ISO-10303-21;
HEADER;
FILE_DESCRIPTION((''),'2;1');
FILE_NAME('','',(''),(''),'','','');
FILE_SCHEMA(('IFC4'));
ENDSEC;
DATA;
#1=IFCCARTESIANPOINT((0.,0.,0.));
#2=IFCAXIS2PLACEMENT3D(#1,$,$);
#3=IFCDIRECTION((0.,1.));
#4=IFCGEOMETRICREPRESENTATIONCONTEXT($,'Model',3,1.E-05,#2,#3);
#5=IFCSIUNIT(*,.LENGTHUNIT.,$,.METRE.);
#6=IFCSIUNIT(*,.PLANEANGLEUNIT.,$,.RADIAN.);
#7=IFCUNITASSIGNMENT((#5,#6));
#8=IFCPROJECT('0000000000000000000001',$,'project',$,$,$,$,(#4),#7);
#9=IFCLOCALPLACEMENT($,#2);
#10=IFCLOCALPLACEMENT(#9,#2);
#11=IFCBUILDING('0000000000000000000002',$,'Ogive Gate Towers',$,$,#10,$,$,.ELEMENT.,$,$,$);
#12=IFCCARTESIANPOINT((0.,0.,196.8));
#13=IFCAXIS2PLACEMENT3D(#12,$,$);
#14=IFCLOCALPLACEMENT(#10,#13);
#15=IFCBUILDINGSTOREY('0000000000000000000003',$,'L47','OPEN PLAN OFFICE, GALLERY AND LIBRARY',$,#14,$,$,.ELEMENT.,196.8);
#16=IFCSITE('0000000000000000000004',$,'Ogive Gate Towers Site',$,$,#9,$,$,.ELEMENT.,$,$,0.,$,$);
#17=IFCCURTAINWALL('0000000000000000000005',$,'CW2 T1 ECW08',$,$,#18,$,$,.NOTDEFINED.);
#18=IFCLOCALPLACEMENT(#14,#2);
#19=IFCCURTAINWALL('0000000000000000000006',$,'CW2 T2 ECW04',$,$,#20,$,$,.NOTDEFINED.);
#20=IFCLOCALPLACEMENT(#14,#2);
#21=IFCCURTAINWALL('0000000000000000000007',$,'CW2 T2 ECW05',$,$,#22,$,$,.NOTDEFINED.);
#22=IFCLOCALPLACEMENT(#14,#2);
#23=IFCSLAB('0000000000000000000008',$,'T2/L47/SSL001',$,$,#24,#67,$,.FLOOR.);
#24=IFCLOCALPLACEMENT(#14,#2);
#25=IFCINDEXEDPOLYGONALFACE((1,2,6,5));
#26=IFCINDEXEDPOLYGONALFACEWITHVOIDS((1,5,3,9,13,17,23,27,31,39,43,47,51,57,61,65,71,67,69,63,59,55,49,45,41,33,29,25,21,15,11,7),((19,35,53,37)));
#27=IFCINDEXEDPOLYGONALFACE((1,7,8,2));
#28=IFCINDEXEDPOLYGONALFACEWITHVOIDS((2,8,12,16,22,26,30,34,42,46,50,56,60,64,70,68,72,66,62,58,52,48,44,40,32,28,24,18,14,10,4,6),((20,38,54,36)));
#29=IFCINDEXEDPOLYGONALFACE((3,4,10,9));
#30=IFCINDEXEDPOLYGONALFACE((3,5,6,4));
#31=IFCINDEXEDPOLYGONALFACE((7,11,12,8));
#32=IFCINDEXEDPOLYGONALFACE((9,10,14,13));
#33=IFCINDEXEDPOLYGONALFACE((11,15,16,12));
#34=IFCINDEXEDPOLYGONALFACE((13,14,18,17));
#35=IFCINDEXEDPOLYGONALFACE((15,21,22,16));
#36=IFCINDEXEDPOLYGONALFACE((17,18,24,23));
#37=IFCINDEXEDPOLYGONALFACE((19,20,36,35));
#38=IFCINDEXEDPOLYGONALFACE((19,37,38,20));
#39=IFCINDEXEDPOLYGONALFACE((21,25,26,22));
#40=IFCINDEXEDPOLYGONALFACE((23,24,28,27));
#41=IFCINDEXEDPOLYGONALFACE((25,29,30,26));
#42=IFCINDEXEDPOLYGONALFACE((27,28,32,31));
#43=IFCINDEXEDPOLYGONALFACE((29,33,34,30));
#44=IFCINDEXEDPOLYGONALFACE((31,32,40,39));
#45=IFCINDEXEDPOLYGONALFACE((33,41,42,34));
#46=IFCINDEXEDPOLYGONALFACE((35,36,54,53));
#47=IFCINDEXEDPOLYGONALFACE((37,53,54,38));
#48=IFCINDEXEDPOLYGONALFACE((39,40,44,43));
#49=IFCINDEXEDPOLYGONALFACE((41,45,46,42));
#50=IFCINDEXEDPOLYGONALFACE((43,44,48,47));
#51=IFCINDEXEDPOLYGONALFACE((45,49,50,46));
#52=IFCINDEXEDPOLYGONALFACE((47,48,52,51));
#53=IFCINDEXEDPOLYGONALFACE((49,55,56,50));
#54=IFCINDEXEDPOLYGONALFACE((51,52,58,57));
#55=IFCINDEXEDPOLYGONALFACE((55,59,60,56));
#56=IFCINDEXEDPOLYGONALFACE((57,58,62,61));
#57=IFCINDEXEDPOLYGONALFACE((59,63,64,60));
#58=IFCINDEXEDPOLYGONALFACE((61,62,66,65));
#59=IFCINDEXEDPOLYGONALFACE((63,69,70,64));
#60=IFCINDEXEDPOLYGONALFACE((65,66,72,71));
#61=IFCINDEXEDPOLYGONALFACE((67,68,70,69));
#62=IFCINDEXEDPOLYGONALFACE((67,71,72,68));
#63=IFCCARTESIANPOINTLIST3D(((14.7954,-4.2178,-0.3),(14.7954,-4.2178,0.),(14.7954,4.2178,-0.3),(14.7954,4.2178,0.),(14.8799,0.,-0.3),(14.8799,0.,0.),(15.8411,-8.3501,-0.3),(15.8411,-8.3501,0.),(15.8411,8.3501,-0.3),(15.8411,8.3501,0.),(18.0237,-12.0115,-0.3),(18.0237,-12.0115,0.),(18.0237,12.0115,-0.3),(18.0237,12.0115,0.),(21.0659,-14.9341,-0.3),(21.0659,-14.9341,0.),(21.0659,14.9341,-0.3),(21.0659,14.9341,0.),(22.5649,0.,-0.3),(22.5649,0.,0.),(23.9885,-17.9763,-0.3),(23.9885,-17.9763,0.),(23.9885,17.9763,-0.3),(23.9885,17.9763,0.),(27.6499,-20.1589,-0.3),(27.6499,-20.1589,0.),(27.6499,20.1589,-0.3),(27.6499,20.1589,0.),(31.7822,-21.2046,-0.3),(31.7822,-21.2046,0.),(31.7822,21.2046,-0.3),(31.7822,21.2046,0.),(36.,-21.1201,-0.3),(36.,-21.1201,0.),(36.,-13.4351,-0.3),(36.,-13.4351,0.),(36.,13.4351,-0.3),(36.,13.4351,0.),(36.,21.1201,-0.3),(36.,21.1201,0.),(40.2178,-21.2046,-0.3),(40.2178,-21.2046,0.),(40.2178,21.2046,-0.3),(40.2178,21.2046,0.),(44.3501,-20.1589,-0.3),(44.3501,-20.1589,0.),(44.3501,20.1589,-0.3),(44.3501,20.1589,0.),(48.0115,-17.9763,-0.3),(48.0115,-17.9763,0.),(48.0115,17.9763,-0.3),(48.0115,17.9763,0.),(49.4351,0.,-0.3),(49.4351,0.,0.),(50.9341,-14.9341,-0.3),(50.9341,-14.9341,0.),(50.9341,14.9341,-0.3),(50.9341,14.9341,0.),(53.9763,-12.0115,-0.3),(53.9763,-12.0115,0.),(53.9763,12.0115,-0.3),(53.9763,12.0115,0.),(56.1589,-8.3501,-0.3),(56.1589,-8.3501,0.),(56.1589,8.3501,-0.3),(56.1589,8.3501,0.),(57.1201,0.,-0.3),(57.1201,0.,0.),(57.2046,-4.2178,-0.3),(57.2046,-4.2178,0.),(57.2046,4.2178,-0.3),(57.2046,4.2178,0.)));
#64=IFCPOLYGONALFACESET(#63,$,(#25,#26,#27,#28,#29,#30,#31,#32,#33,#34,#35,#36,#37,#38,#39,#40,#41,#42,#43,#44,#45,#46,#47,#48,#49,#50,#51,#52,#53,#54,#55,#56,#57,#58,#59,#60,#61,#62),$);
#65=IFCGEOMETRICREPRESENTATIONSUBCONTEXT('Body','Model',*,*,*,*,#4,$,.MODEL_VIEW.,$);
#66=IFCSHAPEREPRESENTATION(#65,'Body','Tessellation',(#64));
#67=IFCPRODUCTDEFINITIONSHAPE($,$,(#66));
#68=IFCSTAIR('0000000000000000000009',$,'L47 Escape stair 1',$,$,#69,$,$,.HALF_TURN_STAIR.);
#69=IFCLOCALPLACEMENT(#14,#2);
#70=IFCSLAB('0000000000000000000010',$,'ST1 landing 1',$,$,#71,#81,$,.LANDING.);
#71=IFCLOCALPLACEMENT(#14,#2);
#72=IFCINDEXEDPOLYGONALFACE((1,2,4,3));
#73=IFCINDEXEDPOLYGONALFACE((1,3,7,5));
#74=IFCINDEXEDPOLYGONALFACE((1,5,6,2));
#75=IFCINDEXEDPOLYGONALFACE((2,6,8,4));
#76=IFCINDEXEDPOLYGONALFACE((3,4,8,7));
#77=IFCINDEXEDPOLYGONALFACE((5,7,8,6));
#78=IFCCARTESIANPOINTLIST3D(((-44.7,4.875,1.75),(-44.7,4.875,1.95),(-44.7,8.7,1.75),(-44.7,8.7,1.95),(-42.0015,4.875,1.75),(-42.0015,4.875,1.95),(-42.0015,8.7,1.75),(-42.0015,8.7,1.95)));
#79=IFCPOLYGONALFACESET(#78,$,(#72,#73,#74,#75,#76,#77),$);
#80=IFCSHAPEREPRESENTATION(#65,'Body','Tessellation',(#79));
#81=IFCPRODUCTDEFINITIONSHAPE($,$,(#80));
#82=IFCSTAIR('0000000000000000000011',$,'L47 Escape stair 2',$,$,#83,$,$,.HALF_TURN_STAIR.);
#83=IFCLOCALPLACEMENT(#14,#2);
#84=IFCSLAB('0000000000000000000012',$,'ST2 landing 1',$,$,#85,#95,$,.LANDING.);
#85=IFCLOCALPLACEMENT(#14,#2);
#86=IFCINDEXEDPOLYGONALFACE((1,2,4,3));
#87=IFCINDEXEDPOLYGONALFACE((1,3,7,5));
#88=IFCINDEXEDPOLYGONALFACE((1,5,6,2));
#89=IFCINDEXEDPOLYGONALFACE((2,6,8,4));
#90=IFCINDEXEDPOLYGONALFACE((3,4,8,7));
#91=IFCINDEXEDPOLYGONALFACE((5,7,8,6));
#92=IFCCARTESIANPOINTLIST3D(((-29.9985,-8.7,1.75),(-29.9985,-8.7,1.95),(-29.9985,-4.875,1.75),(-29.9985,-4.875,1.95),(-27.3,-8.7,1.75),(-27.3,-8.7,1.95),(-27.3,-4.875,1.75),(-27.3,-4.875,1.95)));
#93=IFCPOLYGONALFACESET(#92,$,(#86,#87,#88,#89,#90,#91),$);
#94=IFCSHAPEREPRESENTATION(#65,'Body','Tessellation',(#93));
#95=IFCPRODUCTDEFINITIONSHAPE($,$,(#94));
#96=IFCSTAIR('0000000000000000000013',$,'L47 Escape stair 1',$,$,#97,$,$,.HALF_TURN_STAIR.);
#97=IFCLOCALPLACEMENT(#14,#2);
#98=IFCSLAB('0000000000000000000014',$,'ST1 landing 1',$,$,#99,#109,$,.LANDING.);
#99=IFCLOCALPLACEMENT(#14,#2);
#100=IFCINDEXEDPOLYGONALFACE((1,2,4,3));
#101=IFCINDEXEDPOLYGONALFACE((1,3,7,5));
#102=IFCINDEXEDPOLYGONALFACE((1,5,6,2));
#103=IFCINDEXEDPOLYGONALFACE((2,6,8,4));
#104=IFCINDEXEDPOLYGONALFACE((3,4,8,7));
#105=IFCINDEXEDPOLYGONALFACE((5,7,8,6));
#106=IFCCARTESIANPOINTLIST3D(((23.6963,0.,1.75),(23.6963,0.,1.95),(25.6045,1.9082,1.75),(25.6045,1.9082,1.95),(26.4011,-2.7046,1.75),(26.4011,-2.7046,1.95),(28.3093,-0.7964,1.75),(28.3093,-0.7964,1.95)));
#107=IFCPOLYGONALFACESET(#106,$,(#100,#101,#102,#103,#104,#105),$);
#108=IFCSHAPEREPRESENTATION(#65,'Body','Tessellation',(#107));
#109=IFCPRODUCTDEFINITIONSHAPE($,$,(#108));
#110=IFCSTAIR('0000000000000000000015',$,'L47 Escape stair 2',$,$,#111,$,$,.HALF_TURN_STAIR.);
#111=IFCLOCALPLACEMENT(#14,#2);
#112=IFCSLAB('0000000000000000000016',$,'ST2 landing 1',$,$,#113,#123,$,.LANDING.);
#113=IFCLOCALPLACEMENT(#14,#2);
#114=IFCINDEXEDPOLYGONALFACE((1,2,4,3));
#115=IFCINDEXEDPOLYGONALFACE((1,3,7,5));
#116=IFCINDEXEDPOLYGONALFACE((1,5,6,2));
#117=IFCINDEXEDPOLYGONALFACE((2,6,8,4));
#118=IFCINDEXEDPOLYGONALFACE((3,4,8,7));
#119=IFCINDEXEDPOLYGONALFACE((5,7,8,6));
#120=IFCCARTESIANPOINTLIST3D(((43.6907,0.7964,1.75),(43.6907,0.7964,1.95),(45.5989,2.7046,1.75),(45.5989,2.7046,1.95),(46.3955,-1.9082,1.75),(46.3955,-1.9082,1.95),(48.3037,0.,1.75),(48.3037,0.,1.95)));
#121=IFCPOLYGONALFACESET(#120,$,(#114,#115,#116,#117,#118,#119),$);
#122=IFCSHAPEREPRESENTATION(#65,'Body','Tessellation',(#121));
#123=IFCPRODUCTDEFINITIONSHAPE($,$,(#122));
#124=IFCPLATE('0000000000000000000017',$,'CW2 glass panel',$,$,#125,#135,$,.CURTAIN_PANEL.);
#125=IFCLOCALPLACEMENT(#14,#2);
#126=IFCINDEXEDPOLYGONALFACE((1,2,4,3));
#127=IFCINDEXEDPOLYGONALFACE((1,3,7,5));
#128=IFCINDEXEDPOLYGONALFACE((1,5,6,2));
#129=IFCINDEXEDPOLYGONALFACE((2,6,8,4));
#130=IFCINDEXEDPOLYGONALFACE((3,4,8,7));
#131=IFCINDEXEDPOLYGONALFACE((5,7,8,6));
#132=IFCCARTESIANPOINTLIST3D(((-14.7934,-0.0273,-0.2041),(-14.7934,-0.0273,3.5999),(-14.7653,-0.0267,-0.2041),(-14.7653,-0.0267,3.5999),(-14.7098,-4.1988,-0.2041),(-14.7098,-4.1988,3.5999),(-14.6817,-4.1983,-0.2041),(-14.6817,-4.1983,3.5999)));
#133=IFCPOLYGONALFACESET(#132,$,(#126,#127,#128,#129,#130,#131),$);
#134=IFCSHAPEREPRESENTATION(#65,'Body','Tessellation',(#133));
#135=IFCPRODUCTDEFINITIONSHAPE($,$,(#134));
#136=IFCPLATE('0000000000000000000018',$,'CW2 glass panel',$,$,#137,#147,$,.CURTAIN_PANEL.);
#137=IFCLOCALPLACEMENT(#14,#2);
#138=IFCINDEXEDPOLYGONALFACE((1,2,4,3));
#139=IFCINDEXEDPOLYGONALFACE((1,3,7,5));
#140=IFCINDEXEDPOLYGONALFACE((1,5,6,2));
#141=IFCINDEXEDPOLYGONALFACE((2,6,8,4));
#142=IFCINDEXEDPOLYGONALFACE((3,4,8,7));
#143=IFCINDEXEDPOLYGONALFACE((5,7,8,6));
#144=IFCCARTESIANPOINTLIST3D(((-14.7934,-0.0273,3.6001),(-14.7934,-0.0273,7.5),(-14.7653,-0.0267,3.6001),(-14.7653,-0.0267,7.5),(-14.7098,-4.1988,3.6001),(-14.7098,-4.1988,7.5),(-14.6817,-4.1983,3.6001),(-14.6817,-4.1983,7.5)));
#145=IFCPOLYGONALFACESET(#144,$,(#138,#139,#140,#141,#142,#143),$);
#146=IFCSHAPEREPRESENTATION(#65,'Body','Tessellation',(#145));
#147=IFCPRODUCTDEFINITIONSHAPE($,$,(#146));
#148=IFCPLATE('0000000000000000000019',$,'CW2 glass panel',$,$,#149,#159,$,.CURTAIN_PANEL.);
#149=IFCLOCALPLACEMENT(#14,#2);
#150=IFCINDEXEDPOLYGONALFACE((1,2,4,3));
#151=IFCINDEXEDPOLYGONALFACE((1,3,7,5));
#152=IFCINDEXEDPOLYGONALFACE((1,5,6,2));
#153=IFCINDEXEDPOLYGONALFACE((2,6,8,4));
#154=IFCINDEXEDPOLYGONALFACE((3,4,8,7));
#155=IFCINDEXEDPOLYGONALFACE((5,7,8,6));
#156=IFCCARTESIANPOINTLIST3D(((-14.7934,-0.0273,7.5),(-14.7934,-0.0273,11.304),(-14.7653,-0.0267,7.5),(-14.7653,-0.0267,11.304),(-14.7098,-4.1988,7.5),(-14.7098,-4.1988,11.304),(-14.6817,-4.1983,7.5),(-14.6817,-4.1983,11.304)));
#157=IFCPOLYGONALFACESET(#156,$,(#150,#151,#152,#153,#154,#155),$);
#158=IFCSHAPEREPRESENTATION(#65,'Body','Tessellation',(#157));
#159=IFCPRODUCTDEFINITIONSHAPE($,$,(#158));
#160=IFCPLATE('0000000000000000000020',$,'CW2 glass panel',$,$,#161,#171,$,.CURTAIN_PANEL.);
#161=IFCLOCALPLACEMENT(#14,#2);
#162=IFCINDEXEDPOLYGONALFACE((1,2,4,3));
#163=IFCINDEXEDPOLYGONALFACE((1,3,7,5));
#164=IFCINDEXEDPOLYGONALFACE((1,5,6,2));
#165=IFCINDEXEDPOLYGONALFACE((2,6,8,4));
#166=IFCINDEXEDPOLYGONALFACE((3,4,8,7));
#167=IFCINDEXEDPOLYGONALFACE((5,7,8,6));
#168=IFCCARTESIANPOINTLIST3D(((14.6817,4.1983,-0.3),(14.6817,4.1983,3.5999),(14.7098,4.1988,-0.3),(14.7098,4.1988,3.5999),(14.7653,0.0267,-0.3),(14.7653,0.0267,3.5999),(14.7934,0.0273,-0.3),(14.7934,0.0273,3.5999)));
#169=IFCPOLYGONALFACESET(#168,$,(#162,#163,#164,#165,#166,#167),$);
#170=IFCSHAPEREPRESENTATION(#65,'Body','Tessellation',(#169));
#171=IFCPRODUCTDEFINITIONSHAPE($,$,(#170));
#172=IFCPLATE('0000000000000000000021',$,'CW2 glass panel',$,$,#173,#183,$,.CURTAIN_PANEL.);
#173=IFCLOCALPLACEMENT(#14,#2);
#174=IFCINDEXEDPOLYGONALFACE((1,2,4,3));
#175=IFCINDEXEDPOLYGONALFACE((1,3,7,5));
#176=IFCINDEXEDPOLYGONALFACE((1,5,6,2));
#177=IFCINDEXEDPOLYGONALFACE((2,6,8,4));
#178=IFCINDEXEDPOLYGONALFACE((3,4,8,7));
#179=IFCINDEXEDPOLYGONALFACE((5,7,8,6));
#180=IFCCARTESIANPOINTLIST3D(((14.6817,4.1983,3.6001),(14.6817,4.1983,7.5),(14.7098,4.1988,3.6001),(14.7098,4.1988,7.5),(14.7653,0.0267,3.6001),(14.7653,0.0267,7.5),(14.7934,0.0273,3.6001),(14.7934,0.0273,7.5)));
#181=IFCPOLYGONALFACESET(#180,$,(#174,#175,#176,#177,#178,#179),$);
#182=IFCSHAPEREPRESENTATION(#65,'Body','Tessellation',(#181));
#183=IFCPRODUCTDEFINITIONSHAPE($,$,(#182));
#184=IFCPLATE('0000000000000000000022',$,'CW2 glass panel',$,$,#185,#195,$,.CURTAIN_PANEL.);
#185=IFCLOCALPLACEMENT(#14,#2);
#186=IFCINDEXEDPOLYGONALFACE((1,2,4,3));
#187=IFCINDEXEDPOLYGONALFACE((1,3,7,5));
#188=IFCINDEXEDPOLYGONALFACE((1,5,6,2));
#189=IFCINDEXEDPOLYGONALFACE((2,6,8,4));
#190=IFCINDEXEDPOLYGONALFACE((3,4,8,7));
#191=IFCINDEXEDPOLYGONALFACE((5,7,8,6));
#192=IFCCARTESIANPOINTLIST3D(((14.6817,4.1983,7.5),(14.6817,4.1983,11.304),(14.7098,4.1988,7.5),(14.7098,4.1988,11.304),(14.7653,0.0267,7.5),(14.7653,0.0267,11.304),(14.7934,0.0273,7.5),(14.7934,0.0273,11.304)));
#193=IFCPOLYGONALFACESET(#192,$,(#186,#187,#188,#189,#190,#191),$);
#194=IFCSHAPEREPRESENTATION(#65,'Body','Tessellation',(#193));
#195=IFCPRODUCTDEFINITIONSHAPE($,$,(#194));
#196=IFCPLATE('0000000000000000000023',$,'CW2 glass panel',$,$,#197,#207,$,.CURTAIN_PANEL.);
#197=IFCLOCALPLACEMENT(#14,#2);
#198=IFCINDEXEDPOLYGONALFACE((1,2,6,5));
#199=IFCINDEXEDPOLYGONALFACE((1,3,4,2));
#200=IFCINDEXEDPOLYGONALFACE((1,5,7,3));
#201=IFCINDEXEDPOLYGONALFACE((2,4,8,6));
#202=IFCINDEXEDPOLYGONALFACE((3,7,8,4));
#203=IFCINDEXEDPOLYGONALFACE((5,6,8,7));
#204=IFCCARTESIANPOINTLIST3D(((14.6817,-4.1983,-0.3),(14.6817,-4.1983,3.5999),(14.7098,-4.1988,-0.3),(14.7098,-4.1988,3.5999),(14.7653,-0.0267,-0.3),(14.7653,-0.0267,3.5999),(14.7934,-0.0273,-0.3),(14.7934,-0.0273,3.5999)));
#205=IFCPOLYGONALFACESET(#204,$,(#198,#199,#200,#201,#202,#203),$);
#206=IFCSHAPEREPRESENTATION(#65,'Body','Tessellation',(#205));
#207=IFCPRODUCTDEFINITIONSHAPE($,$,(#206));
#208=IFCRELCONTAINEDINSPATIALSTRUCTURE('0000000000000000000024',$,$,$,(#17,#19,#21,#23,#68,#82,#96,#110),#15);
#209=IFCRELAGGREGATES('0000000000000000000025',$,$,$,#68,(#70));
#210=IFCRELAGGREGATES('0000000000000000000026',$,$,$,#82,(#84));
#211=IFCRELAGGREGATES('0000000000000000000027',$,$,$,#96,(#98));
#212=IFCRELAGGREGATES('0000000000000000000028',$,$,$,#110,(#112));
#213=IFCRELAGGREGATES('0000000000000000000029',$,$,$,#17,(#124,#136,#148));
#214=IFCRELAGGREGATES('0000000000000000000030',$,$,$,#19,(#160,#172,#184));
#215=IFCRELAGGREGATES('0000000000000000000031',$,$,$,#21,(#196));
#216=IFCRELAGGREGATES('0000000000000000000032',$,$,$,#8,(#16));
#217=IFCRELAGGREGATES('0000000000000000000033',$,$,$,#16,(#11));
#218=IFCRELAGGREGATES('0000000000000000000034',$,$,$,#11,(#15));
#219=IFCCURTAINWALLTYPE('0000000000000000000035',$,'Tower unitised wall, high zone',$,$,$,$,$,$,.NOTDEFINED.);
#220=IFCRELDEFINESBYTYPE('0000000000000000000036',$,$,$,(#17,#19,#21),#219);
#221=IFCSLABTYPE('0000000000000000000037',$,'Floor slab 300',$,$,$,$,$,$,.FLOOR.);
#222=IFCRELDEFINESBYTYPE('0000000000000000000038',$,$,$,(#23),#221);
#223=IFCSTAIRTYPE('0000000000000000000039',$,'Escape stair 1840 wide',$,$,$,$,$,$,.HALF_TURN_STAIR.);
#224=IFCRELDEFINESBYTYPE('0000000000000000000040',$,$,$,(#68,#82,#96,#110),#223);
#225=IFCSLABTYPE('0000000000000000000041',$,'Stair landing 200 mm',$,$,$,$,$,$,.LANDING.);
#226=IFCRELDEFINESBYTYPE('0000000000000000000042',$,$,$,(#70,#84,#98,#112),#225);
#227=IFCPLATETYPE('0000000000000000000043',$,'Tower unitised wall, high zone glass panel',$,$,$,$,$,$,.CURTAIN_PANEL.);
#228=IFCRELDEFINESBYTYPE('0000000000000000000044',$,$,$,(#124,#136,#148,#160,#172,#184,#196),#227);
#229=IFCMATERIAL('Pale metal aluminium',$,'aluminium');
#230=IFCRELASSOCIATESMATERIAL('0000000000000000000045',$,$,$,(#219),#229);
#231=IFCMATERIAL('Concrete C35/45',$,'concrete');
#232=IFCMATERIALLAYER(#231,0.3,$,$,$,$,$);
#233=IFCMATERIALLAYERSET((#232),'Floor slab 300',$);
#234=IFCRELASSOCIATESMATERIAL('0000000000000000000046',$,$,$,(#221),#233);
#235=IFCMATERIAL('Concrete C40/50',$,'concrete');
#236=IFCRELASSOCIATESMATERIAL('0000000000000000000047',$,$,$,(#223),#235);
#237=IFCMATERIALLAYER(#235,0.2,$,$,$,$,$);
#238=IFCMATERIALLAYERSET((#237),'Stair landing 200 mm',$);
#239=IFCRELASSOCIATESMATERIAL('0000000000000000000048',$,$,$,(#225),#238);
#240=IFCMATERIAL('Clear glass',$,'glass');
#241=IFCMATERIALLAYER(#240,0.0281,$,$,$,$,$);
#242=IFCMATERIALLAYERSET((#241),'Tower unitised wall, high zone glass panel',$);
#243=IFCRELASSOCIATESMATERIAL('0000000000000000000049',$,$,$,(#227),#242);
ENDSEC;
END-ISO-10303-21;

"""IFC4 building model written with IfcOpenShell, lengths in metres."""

from ifc_helpers import new_model, si_unit, direction, frame, origin, origin_2d, place, context, subcontext, project, spatial, polyline, rectangle, outline, extrude, material, layer, layer_set, type_object, element, aggregate, save


model = new_model("IFC4")

# Units and contexts
model_context = context("Model", 3, precision=1e-05, world=origin(), true_north=direction((0.0, 1.0)))
body_context = subcontext(model_context, "Body", "Model", "MODEL_VIEW")
ifc_project = project(units=[si_unit("LENGTHUNIT", "METRE"), si_unit("PLANEANGLEUNIT", "RADIAN")], contexts=[model_context])

# Site, building, storey
site_placement = place(None, origin())
site = spatial("IfcSite", under=ifc_project, at=site_placement, Name="Ogive Gate Towers Site", CompositionType="ELEMENT", RefElevation=0.0)
building_placement = place(site_placement, origin())
building = spatial("IfcBuilding", under=site, at=building_placement, Name="Ogive Gate Towers", CompositionType="ELEMENT")
storey_placement = place(building_placement, frame((0.0, 0.0, 196.8)))
storey = spatial("IfcBuildingStorey", under=building, at=storey_placement, Name="L47", Description="OPEN PLAN OFFICE, GALLERY AND LIBRARY", CompositionType="ELEMENT", Elevation=196.8)

# Curtain wall
ifc_material_1 = material(Name="Pale metal aluminium", Category="aluminium")
curtain_wall_type = type_object("IfcCurtainWallType", Name="Tower unitised wall, high zone", PredefinedType="NOTDEFINED", material=ifc_material_1)
curtain_wall_1_placement = place(storey_placement, origin())
curtain_wall_1 = element("IfcCurtainWall", 1, at=curtain_wall_1_placement, inside=storey, type_object=curtain_wall_type, Name="CW2 T1 ECW08", PredefinedType="NOTDEFINED")

# Curtain wall
curtain_wall_2_placement = place(storey_placement, origin())
curtain_wall_2 = element("IfcCurtainWall", 2, at=curtain_wall_2_placement, inside=storey, type_object=curtain_wall_type, Name="CW2 T2 ECW04", PredefinedType="NOTDEFINED")

# Curtain wall
curtain_wall_3_placement = place(storey_placement, origin())
curtain_wall_3 = element("IfcCurtainWall", 3, at=curtain_wall_3_placement, inside=storey, type_object=curtain_wall_type, Name="CW2 T2 ECW05", PredefinedType="NOTDEFINED")

# Slab
ifc_material_2 = material(Name="Concrete C40/50", Category="concrete")
ifc_material_3 = material(Name="Concrete C35/45", Category="concrete")
ifc_layer_1 = layer(ifc_material_3, 0.3)
ifc_layer_set_1 = layer_set([ifc_layer_1], Name="Floor slab 300")
slab_type_1 = type_object("IfcSlabType", Name="Floor slab 300", PredefinedType="FLOOR", material=ifc_layer_set_1)
slab_1_placement = place(storey_placement, frame((0.0, 0.0, -0.3)))
element("IfcSlab", 4, at=slab_1_placement, inside=storey, type_object=slab_type_1, Name="T2/L47/SSL001", PredefinedType="FLOOR", context=body_context, shape_type="SweptSolid", body=[
    extrude(outline(polyline([(57.2046, -4.2178), (57.1201, 0.0), (57.2046, 4.2178), (56.1589, 8.3501), (53.9763, 12.0115), (50.9341, 14.9341), (48.0115, 17.9763), (44.3501, 20.1589), (40.2178, 21.2046), (36.0, 21.1201), (31.7822, 21.2046), (27.6499, 20.1589), (23.9885, 17.9763), (21.0659, 14.9341), (18.0237, 12.0115), (15.8411, 8.3501), (14.7954, 4.2178), (14.8799, 0.0), (14.7954, -4.2178), (15.8411, -8.3501), (18.0237, -12.0115), (21.0659, -14.9341), (23.9885, -17.9763), (27.6499, -20.1589), (31.7822, -21.2046), (36.0, -21.1201), (40.2178, -21.2046), (44.3501, -20.1589), (48.0115, -17.9763), (50.9341, -14.9341), (53.9763, -12.0115), (56.1589, -8.3501), (57.2046, -4.2178)]), holes=[polyline([(49.4351, 0.0), (36.0, -13.4351), (22.5649, 0.0), (36.0, 13.4351), (49.4351, 0.0)])]), origin(), (0.0, 0.0, 1.0), 0.3),
])

# Stairs, slabs
stair_type = type_object("IfcStairType", Name="Escape stair 1840 wide", PredefinedType="HALF_TURN_STAIR", material=ifc_material_2)
stair_1_placement = place(storey_placement, origin())
stair_1 = element("IfcStair", 5, at=stair_1_placement, inside=storey, type_object=stair_type, Name="L47 Escape stair 1", PredefinedType="HALF_TURN_STAIR")
ifc_layer_2 = layer(ifc_material_2, 0.2)
ifc_layer_set_2 = layer_set([ifc_layer_2], Name="Stair landing 200 mm")
slab_type_2 = type_object("IfcSlabType", Name="Stair landing 200 mm", PredefinedType="LANDING", material=ifc_layer_set_2)
slab_2_placement = place(storey_placement, frame((0.0, 0.0, 1.75)))
slab_2 = element("IfcSlab", 6, at=slab_2_placement, type_object=slab_type_2, Name="ST1 landing 1", PredefinedType="LANDING", context=body_context, shape_type="SweptSolid", body=[
    extrude(outline(polyline([(-42.0015, 8.7), (-44.7, 8.7), (-44.7, 4.875), (-42.0015, 4.875), (-42.0015, 8.7)])), origin(), (0.0, 0.0, 1.0), 0.2),
])
aggregate(stair_1, [slab_2])
stair_2_placement = place(storey_placement, origin())
stair_2 = element("IfcStair", 7, at=stair_2_placement, inside=storey, type_object=stair_type, Name="L47 Escape stair 2", PredefinedType="HALF_TURN_STAIR")
slab_3_placement = place(storey_placement, frame((0.0, 0.0, 1.75)))
slab_3 = element("IfcSlab", 8, at=slab_3_placement, type_object=slab_type_2, Name="ST2 landing 1", PredefinedType="LANDING", context=body_context, shape_type="SweptSolid", body=[
    extrude(outline(polyline([(-29.9985, -8.7), (-27.3, -8.7), (-27.3, -4.875), (-29.9985, -4.875), (-29.9985, -8.7)])), origin(), (0.0, 0.0, 1.0), 0.2),
])
aggregate(stair_2, [slab_3])
stair_3_placement = place(storey_placement, origin())
stair_3 = element("IfcStair", 9, at=stair_3_placement, inside=storey, type_object=stair_type, Name="L47 Escape stair 1", PredefinedType="HALF_TURN_STAIR")
slab_4_placement = place(storey_placement, frame((0.0, 0.0, 1.75)))
slab_4 = element("IfcSlab", 10, at=slab_4_placement, type_object=slab_type_2, Name="ST1 landing 1", PredefinedType="LANDING", context=body_context, shape_type="SweptSolid", body=[
    extrude(outline(polyline([(25.6045, 1.9082), (23.6963, 0.0), (26.4011, -2.7046), (28.3093, -0.7964), (25.6045, 1.9082)])), origin(), (0.0, 0.0, 1.0), 0.2),
])
aggregate(stair_3, [slab_4])
stair_4_placement = place(storey_placement, origin())
stair_4 = element("IfcStair", 11, at=stair_4_placement, inside=storey, type_object=stair_type, Name="L47 Escape stair 2", PredefinedType="HALF_TURN_STAIR")
slab_5_placement = place(storey_placement, frame((0.0, 0.0, 1.75)))
slab_5 = element("IfcSlab", 12, at=slab_5_placement, type_object=slab_type_2, Name="ST2 landing 1", PredefinedType="LANDING", context=body_context, shape_type="SweptSolid", body=[
    extrude(outline(polyline([(46.3955, -1.9082), (48.3037, 0.0), (45.5989, 2.7046), (43.6907, 0.7964), (46.3955, -1.9082)])), origin(), (0.0, 0.0, 1.0), 0.2),
])
aggregate(stair_4, [slab_5])

# Plates
ifc_material_4 = material(Name="Clear glass", Category="glass")
ifc_layer_3 = layer(ifc_material_4, 0.0281)
ifc_layer_set_3 = layer_set([ifc_layer_3], Name="Tower unitised wall, high zone glass panel")
plate_type = type_object("IfcPlateType", Name="Tower unitised wall, high zone glass panel", PredefinedType="CURTAIN_PANEL", material=ifc_layer_set_3)
plate_1_placement = place(storey_placement, frame((-14.7375, -2.1128, -0.2041), z_axis=(0.0, 0.0, 1.0), x_axis=(-0.020052, 0.999799, 0.0)))
plate_1 = element("IfcPlate", 13, at=plate_1_placement, type_object=plate_type, Name="CW2 glass panel", PredefinedType="CURTAIN_PANEL", context=body_context, shape_type="SweptSolid", body=[
    extrude(rectangle(XDim=4.1724, YDim=0.0281, at=origin_2d()), origin(), (0.0, 0.0, 1.0), 3.804),
])
plate_2_placement = place(storey_placement, frame((-14.7375, -2.1128, 3.6001), z_axis=(0.0, 0.0, 1.0), x_axis=(-0.020052, 0.999799, 0.0)))
plate_2 = element("IfcPlate", 14, at=plate_2_placement, type_object=plate_type, Name="CW2 glass panel", PredefinedType="CURTAIN_PANEL", context=body_context, shape_type="SweptSolid", body=[
    extrude(rectangle(XDim=4.1724, YDim=0.0281, at=origin_2d()), origin(), (0.0, 0.0, 1.0), 3.8999),
])
plate_3_placement = place(storey_placement, frame((-14.7375, -2.1128, 7.5), z_axis=(0.0, 0.0, 1.0), x_axis=(-0.020052, 0.999799, 0.0)))
plate_3 = element("IfcPlate", 15, at=plate_3_placement, type_object=plate_type, Name="CW2 glass panel", PredefinedType="CURTAIN_PANEL", context=body_context, shape_type="SweptSolid", body=[
    extrude(rectangle(XDim=4.1724, YDim=0.0281, at=origin_2d()), origin(), (0.0, 0.0, 1.0), 3.804),
])
aggregate(curtain_wall_1, [plate_1, plate_2, plate_3])
plate_4_placement = place(storey_placement, frame((14.7375, 2.1128, -0.3), z_axis=(0.0, 0.0, 1.0), x_axis=(0.020052, -0.999799, 0.0)))
plate_4 = element("IfcPlate", 16, at=plate_4_placement, type_object=plate_type, Name="CW2 glass panel", PredefinedType="CURTAIN_PANEL", context=body_context, shape_type="SweptSolid", body=[
    extrude(rectangle(XDim=4.1724, YDim=0.0281, at=origin_2d()), origin(), (0.0, 0.0, 1.0), 3.8999),
])
plate_5_placement = place(storey_placement, frame((14.7375, 2.1128, 3.6001), z_axis=(0.0, 0.0, 1.0), x_axis=(0.020052, -0.999799, 0.0)))
plate_5 = element("IfcPlate", 17, at=plate_5_placement, type_object=plate_type, Name="CW2 glass panel", PredefinedType="CURTAIN_PANEL", context=body_context, shape_type="SweptSolid", body=[
    extrude(rectangle(XDim=4.1724, YDim=0.0281, at=origin_2d()), origin(), (0.0, 0.0, 1.0), 3.8999),
])
plate_6_placement = place(storey_placement, frame((14.7375, 2.1128, 7.5), z_axis=(0.0, 0.0, 1.0), x_axis=(0.020052, -0.999799, 0.0)))
plate_6 = element("IfcPlate", 18, at=plate_6_placement, type_object=plate_type, Name="CW2 glass panel", PredefinedType="CURTAIN_PANEL", context=body_context, shape_type="SweptSolid", body=[
    extrude(rectangle(XDim=4.1724, YDim=0.0281, at=origin_2d()), origin(), (0.0, 0.0, 1.0), 3.804),
])
aggregate(curtain_wall_2, [plate_4, plate_5, plate_6])
plate_7_placement = place(storey_placement, frame((14.7375, -2.1128, -0.3), z_axis=(0.0, 0.0, 1.0), x_axis=(-0.020052, -0.999799, 0.0)))
plate_7 = element("IfcPlate", 19, at=plate_7_placement, type_object=plate_type, Name="CW2 glass panel", PredefinedType="CURTAIN_PANEL", context=body_context, shape_type="SweptSolid", body=[
    extrude(rectangle(XDim=4.1724, YDim=0.0281, at=origin_2d()), origin(), (0.0, 0.0, 1.0), 3.8999),
])
aggregate(curtain_wall_3, [plate_7])

save(model, "model.ifc")
